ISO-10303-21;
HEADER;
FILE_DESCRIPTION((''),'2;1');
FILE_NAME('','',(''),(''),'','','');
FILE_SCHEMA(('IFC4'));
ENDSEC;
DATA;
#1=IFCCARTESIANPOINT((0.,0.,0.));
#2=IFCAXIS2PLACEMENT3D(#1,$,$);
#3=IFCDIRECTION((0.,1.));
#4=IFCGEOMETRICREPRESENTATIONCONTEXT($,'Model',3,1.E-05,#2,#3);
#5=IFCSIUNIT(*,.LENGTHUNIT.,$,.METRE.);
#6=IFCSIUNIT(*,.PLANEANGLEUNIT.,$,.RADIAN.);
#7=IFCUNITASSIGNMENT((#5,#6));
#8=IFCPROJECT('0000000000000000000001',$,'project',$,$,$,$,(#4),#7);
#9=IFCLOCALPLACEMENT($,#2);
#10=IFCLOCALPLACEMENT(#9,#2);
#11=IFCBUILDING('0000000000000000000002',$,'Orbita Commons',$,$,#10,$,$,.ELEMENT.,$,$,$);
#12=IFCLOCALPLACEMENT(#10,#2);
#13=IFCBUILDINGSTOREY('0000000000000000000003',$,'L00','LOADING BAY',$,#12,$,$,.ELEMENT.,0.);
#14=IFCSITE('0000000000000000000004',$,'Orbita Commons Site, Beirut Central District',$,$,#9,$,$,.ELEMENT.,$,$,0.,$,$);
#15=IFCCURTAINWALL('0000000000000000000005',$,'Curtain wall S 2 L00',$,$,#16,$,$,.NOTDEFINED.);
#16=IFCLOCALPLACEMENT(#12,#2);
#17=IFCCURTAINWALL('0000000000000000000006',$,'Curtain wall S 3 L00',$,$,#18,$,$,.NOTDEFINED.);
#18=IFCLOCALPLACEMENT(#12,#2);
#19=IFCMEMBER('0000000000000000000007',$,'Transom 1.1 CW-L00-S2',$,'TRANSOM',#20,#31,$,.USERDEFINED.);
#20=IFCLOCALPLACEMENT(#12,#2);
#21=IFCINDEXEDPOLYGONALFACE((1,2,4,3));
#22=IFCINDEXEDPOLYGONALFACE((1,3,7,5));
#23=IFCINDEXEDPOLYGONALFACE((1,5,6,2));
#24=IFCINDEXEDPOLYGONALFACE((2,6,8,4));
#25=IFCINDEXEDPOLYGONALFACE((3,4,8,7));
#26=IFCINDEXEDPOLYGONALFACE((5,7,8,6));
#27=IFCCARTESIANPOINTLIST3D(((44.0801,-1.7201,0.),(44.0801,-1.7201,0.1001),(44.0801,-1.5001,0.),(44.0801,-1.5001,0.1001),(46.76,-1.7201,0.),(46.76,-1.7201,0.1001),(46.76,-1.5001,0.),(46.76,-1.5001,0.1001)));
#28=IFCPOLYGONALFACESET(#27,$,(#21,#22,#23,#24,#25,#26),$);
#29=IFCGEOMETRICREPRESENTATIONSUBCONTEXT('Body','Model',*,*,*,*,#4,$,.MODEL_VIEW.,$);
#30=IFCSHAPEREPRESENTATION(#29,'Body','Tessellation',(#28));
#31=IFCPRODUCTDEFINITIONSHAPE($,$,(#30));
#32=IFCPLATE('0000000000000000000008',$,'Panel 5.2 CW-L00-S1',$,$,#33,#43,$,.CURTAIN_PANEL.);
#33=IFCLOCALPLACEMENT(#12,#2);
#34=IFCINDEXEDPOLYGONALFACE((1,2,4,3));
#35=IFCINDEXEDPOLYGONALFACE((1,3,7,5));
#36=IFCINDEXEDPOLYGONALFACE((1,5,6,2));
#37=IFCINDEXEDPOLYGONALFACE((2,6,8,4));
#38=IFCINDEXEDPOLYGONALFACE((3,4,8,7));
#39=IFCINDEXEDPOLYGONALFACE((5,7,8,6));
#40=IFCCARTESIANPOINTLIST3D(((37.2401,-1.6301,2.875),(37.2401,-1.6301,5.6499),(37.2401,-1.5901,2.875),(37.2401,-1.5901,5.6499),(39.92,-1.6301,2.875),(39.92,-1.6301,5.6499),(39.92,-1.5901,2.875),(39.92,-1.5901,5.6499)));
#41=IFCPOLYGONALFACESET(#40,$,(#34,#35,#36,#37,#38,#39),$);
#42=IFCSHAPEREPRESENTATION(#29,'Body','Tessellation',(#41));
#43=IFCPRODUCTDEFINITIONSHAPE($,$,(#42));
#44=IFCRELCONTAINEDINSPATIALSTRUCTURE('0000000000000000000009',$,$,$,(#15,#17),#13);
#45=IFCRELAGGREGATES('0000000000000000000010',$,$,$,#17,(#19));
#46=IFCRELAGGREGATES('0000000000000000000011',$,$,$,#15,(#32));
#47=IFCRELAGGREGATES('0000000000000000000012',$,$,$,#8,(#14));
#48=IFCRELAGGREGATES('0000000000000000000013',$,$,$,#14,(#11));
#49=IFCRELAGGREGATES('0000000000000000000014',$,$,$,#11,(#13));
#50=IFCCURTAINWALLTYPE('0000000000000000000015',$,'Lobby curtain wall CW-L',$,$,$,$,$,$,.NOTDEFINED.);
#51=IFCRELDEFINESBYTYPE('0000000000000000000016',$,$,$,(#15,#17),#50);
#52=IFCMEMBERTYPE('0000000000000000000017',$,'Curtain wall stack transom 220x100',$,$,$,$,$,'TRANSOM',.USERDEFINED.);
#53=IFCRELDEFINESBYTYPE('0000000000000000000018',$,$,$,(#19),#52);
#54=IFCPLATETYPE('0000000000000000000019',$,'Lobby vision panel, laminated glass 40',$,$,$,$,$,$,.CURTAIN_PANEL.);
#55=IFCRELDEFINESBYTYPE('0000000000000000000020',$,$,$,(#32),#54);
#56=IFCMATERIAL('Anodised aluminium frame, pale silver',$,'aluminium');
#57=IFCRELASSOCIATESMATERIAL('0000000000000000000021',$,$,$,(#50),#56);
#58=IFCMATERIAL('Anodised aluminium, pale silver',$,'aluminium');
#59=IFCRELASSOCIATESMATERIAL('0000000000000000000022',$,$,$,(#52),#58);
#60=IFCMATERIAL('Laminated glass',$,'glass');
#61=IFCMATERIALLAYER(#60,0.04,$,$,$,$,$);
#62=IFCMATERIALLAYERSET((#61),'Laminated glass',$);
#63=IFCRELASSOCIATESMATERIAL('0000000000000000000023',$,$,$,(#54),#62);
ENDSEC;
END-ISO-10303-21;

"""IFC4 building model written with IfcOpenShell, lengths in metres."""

from ifc_helpers import new_model, si_unit, direction, frame, origin, origin_2d, place, context, subcontext, project, spatial, rectangle, extrude, material, layer, layer_set, material_profile, profile_set, type_object, element, aggregate, save


model = new_model("IFC4")

# Units and contexts
model_context = context("Model", 3, precision=1e-05, world=origin(), true_north=direction((0.0, 1.0)))
body_context = subcontext(model_context, "Body", "Model", "MODEL_VIEW")
ifc_project = project(units=[si_unit("LENGTHUNIT", "METRE"), si_unit("PLANEANGLEUNIT", "RADIAN")], contexts=[model_context])

# Site, building, storey
site_placement = place(None, origin())
site = spatial("IfcSite", under=ifc_project, at=site_placement, Name="Orbita Commons Site, Beirut Central District", CompositionType="ELEMENT", RefElevation=0.0)
building_placement = place(site_placement, origin())
building = spatial("IfcBuilding", under=site, at=building_placement, Name="Orbita Commons", CompositionType="ELEMENT")
storey_placement = place(building_placement, origin())
storey = spatial("IfcBuildingStorey", under=building, at=storey_placement, Name="L00", Description="LOADING BAY", CompositionType="ELEMENT", Elevation=0.0)

# Curtain wall
ifc_material_1 = material(Name="Anodised aluminium frame, pale silver", Category="aluminium")
curtain_wall_type = type_object("IfcCurtainWallType", Name="Lobby curtain wall CW-L", PredefinedType="NOTDEFINED", material=ifc_material_1)
curtain_wall_1_placement = place(storey_placement, origin())
curtain_wall_1 = element("IfcCurtainWall", 1, at=curtain_wall_1_placement, inside=storey, type_object=curtain_wall_type, Name="Curtain wall S 2 L00", PredefinedType="NOTDEFINED")

# Curtain wall, member
curtain_wall_2_placement = place(storey_placement, origin())
curtain_wall_2 = element("IfcCurtainWall", 2, at=curtain_wall_2_placement, inside=storey, type_object=curtain_wall_type, Name="Curtain wall S 3 L00", PredefinedType="NOTDEFINED")
ifc_material_2 = material(Name="Anodised aluminium, pale silver", Category="aluminium")
ifc_material_profile_1 = material_profile(ifc_material_2, rectangle(XDim=0.22, YDim=0.1001, at=origin_2d()), Name="AL 220x100")
ifc_profile_set_1 = profile_set([ifc_material_profile_1], Name="Anodised aluminium, pale silver")
member_type_1 = type_object("IfcMemberType", Name="Curtain wall stack transom 220x100", ElementType="TRANSOM", PredefinedType="USERDEFINED", material=ifc_profile_set_1)
member_1_placement = place(storey_placement, frame((44.0801, -1.6101, 0.05), z_axis=(1.0, 0.0, 0.0), x_axis=(0.0, 1.0, 0.0)))
member_1 = element("IfcMember", 3, at=member_1_placement, type_object=member_type_1, Name="Transom 1.1 CW-L00-S2", ObjectType="TRANSOM", PredefinedType="USERDEFINED", context=body_context, shape_type="SweptSolid", body=[
    extrude(rectangle(XDim=0.22, YDim=0.1001, at=origin_2d()), origin(), (0.0, 0.0, 1.0), 2.6799),
])
aggregate(curtain_wall_2, [member_1])

# Plate
ifc_material_3 = material(Name="Laminated glass", Category="glass")
ifc_layer = layer(ifc_material_3, 0.04)
ifc_layer_set = layer_set([ifc_layer], Name="Laminated glass")
plate_type = type_object("IfcPlateType", Name="Lobby vision panel, laminated glass 40", PredefinedType="CURTAIN_PANEL", material=ifc_layer_set)
plate_placement = place(storey_placement, frame((38.5801, -1.6101, 2.875), z_axis=(0.0, 0.0, 1.0), x_axis=(1.0, 0.0, 0.0)))
plate = element("IfcPlate", 4, at=plate_placement, type_object=plate_type, Name="Panel 5.2 CW-L00-S1", PredefinedType="CURTAIN_PANEL", context=body_context, shape_type="SweptSolid", body=[
    extrude(rectangle(XDim=2.6799, YDim=0.04, at=origin_2d()), origin(), (0.0, 0.0, 1.0), 2.7749),
])
aggregate(curtain_wall_1, [plate])

save(model, "model.ifc")
